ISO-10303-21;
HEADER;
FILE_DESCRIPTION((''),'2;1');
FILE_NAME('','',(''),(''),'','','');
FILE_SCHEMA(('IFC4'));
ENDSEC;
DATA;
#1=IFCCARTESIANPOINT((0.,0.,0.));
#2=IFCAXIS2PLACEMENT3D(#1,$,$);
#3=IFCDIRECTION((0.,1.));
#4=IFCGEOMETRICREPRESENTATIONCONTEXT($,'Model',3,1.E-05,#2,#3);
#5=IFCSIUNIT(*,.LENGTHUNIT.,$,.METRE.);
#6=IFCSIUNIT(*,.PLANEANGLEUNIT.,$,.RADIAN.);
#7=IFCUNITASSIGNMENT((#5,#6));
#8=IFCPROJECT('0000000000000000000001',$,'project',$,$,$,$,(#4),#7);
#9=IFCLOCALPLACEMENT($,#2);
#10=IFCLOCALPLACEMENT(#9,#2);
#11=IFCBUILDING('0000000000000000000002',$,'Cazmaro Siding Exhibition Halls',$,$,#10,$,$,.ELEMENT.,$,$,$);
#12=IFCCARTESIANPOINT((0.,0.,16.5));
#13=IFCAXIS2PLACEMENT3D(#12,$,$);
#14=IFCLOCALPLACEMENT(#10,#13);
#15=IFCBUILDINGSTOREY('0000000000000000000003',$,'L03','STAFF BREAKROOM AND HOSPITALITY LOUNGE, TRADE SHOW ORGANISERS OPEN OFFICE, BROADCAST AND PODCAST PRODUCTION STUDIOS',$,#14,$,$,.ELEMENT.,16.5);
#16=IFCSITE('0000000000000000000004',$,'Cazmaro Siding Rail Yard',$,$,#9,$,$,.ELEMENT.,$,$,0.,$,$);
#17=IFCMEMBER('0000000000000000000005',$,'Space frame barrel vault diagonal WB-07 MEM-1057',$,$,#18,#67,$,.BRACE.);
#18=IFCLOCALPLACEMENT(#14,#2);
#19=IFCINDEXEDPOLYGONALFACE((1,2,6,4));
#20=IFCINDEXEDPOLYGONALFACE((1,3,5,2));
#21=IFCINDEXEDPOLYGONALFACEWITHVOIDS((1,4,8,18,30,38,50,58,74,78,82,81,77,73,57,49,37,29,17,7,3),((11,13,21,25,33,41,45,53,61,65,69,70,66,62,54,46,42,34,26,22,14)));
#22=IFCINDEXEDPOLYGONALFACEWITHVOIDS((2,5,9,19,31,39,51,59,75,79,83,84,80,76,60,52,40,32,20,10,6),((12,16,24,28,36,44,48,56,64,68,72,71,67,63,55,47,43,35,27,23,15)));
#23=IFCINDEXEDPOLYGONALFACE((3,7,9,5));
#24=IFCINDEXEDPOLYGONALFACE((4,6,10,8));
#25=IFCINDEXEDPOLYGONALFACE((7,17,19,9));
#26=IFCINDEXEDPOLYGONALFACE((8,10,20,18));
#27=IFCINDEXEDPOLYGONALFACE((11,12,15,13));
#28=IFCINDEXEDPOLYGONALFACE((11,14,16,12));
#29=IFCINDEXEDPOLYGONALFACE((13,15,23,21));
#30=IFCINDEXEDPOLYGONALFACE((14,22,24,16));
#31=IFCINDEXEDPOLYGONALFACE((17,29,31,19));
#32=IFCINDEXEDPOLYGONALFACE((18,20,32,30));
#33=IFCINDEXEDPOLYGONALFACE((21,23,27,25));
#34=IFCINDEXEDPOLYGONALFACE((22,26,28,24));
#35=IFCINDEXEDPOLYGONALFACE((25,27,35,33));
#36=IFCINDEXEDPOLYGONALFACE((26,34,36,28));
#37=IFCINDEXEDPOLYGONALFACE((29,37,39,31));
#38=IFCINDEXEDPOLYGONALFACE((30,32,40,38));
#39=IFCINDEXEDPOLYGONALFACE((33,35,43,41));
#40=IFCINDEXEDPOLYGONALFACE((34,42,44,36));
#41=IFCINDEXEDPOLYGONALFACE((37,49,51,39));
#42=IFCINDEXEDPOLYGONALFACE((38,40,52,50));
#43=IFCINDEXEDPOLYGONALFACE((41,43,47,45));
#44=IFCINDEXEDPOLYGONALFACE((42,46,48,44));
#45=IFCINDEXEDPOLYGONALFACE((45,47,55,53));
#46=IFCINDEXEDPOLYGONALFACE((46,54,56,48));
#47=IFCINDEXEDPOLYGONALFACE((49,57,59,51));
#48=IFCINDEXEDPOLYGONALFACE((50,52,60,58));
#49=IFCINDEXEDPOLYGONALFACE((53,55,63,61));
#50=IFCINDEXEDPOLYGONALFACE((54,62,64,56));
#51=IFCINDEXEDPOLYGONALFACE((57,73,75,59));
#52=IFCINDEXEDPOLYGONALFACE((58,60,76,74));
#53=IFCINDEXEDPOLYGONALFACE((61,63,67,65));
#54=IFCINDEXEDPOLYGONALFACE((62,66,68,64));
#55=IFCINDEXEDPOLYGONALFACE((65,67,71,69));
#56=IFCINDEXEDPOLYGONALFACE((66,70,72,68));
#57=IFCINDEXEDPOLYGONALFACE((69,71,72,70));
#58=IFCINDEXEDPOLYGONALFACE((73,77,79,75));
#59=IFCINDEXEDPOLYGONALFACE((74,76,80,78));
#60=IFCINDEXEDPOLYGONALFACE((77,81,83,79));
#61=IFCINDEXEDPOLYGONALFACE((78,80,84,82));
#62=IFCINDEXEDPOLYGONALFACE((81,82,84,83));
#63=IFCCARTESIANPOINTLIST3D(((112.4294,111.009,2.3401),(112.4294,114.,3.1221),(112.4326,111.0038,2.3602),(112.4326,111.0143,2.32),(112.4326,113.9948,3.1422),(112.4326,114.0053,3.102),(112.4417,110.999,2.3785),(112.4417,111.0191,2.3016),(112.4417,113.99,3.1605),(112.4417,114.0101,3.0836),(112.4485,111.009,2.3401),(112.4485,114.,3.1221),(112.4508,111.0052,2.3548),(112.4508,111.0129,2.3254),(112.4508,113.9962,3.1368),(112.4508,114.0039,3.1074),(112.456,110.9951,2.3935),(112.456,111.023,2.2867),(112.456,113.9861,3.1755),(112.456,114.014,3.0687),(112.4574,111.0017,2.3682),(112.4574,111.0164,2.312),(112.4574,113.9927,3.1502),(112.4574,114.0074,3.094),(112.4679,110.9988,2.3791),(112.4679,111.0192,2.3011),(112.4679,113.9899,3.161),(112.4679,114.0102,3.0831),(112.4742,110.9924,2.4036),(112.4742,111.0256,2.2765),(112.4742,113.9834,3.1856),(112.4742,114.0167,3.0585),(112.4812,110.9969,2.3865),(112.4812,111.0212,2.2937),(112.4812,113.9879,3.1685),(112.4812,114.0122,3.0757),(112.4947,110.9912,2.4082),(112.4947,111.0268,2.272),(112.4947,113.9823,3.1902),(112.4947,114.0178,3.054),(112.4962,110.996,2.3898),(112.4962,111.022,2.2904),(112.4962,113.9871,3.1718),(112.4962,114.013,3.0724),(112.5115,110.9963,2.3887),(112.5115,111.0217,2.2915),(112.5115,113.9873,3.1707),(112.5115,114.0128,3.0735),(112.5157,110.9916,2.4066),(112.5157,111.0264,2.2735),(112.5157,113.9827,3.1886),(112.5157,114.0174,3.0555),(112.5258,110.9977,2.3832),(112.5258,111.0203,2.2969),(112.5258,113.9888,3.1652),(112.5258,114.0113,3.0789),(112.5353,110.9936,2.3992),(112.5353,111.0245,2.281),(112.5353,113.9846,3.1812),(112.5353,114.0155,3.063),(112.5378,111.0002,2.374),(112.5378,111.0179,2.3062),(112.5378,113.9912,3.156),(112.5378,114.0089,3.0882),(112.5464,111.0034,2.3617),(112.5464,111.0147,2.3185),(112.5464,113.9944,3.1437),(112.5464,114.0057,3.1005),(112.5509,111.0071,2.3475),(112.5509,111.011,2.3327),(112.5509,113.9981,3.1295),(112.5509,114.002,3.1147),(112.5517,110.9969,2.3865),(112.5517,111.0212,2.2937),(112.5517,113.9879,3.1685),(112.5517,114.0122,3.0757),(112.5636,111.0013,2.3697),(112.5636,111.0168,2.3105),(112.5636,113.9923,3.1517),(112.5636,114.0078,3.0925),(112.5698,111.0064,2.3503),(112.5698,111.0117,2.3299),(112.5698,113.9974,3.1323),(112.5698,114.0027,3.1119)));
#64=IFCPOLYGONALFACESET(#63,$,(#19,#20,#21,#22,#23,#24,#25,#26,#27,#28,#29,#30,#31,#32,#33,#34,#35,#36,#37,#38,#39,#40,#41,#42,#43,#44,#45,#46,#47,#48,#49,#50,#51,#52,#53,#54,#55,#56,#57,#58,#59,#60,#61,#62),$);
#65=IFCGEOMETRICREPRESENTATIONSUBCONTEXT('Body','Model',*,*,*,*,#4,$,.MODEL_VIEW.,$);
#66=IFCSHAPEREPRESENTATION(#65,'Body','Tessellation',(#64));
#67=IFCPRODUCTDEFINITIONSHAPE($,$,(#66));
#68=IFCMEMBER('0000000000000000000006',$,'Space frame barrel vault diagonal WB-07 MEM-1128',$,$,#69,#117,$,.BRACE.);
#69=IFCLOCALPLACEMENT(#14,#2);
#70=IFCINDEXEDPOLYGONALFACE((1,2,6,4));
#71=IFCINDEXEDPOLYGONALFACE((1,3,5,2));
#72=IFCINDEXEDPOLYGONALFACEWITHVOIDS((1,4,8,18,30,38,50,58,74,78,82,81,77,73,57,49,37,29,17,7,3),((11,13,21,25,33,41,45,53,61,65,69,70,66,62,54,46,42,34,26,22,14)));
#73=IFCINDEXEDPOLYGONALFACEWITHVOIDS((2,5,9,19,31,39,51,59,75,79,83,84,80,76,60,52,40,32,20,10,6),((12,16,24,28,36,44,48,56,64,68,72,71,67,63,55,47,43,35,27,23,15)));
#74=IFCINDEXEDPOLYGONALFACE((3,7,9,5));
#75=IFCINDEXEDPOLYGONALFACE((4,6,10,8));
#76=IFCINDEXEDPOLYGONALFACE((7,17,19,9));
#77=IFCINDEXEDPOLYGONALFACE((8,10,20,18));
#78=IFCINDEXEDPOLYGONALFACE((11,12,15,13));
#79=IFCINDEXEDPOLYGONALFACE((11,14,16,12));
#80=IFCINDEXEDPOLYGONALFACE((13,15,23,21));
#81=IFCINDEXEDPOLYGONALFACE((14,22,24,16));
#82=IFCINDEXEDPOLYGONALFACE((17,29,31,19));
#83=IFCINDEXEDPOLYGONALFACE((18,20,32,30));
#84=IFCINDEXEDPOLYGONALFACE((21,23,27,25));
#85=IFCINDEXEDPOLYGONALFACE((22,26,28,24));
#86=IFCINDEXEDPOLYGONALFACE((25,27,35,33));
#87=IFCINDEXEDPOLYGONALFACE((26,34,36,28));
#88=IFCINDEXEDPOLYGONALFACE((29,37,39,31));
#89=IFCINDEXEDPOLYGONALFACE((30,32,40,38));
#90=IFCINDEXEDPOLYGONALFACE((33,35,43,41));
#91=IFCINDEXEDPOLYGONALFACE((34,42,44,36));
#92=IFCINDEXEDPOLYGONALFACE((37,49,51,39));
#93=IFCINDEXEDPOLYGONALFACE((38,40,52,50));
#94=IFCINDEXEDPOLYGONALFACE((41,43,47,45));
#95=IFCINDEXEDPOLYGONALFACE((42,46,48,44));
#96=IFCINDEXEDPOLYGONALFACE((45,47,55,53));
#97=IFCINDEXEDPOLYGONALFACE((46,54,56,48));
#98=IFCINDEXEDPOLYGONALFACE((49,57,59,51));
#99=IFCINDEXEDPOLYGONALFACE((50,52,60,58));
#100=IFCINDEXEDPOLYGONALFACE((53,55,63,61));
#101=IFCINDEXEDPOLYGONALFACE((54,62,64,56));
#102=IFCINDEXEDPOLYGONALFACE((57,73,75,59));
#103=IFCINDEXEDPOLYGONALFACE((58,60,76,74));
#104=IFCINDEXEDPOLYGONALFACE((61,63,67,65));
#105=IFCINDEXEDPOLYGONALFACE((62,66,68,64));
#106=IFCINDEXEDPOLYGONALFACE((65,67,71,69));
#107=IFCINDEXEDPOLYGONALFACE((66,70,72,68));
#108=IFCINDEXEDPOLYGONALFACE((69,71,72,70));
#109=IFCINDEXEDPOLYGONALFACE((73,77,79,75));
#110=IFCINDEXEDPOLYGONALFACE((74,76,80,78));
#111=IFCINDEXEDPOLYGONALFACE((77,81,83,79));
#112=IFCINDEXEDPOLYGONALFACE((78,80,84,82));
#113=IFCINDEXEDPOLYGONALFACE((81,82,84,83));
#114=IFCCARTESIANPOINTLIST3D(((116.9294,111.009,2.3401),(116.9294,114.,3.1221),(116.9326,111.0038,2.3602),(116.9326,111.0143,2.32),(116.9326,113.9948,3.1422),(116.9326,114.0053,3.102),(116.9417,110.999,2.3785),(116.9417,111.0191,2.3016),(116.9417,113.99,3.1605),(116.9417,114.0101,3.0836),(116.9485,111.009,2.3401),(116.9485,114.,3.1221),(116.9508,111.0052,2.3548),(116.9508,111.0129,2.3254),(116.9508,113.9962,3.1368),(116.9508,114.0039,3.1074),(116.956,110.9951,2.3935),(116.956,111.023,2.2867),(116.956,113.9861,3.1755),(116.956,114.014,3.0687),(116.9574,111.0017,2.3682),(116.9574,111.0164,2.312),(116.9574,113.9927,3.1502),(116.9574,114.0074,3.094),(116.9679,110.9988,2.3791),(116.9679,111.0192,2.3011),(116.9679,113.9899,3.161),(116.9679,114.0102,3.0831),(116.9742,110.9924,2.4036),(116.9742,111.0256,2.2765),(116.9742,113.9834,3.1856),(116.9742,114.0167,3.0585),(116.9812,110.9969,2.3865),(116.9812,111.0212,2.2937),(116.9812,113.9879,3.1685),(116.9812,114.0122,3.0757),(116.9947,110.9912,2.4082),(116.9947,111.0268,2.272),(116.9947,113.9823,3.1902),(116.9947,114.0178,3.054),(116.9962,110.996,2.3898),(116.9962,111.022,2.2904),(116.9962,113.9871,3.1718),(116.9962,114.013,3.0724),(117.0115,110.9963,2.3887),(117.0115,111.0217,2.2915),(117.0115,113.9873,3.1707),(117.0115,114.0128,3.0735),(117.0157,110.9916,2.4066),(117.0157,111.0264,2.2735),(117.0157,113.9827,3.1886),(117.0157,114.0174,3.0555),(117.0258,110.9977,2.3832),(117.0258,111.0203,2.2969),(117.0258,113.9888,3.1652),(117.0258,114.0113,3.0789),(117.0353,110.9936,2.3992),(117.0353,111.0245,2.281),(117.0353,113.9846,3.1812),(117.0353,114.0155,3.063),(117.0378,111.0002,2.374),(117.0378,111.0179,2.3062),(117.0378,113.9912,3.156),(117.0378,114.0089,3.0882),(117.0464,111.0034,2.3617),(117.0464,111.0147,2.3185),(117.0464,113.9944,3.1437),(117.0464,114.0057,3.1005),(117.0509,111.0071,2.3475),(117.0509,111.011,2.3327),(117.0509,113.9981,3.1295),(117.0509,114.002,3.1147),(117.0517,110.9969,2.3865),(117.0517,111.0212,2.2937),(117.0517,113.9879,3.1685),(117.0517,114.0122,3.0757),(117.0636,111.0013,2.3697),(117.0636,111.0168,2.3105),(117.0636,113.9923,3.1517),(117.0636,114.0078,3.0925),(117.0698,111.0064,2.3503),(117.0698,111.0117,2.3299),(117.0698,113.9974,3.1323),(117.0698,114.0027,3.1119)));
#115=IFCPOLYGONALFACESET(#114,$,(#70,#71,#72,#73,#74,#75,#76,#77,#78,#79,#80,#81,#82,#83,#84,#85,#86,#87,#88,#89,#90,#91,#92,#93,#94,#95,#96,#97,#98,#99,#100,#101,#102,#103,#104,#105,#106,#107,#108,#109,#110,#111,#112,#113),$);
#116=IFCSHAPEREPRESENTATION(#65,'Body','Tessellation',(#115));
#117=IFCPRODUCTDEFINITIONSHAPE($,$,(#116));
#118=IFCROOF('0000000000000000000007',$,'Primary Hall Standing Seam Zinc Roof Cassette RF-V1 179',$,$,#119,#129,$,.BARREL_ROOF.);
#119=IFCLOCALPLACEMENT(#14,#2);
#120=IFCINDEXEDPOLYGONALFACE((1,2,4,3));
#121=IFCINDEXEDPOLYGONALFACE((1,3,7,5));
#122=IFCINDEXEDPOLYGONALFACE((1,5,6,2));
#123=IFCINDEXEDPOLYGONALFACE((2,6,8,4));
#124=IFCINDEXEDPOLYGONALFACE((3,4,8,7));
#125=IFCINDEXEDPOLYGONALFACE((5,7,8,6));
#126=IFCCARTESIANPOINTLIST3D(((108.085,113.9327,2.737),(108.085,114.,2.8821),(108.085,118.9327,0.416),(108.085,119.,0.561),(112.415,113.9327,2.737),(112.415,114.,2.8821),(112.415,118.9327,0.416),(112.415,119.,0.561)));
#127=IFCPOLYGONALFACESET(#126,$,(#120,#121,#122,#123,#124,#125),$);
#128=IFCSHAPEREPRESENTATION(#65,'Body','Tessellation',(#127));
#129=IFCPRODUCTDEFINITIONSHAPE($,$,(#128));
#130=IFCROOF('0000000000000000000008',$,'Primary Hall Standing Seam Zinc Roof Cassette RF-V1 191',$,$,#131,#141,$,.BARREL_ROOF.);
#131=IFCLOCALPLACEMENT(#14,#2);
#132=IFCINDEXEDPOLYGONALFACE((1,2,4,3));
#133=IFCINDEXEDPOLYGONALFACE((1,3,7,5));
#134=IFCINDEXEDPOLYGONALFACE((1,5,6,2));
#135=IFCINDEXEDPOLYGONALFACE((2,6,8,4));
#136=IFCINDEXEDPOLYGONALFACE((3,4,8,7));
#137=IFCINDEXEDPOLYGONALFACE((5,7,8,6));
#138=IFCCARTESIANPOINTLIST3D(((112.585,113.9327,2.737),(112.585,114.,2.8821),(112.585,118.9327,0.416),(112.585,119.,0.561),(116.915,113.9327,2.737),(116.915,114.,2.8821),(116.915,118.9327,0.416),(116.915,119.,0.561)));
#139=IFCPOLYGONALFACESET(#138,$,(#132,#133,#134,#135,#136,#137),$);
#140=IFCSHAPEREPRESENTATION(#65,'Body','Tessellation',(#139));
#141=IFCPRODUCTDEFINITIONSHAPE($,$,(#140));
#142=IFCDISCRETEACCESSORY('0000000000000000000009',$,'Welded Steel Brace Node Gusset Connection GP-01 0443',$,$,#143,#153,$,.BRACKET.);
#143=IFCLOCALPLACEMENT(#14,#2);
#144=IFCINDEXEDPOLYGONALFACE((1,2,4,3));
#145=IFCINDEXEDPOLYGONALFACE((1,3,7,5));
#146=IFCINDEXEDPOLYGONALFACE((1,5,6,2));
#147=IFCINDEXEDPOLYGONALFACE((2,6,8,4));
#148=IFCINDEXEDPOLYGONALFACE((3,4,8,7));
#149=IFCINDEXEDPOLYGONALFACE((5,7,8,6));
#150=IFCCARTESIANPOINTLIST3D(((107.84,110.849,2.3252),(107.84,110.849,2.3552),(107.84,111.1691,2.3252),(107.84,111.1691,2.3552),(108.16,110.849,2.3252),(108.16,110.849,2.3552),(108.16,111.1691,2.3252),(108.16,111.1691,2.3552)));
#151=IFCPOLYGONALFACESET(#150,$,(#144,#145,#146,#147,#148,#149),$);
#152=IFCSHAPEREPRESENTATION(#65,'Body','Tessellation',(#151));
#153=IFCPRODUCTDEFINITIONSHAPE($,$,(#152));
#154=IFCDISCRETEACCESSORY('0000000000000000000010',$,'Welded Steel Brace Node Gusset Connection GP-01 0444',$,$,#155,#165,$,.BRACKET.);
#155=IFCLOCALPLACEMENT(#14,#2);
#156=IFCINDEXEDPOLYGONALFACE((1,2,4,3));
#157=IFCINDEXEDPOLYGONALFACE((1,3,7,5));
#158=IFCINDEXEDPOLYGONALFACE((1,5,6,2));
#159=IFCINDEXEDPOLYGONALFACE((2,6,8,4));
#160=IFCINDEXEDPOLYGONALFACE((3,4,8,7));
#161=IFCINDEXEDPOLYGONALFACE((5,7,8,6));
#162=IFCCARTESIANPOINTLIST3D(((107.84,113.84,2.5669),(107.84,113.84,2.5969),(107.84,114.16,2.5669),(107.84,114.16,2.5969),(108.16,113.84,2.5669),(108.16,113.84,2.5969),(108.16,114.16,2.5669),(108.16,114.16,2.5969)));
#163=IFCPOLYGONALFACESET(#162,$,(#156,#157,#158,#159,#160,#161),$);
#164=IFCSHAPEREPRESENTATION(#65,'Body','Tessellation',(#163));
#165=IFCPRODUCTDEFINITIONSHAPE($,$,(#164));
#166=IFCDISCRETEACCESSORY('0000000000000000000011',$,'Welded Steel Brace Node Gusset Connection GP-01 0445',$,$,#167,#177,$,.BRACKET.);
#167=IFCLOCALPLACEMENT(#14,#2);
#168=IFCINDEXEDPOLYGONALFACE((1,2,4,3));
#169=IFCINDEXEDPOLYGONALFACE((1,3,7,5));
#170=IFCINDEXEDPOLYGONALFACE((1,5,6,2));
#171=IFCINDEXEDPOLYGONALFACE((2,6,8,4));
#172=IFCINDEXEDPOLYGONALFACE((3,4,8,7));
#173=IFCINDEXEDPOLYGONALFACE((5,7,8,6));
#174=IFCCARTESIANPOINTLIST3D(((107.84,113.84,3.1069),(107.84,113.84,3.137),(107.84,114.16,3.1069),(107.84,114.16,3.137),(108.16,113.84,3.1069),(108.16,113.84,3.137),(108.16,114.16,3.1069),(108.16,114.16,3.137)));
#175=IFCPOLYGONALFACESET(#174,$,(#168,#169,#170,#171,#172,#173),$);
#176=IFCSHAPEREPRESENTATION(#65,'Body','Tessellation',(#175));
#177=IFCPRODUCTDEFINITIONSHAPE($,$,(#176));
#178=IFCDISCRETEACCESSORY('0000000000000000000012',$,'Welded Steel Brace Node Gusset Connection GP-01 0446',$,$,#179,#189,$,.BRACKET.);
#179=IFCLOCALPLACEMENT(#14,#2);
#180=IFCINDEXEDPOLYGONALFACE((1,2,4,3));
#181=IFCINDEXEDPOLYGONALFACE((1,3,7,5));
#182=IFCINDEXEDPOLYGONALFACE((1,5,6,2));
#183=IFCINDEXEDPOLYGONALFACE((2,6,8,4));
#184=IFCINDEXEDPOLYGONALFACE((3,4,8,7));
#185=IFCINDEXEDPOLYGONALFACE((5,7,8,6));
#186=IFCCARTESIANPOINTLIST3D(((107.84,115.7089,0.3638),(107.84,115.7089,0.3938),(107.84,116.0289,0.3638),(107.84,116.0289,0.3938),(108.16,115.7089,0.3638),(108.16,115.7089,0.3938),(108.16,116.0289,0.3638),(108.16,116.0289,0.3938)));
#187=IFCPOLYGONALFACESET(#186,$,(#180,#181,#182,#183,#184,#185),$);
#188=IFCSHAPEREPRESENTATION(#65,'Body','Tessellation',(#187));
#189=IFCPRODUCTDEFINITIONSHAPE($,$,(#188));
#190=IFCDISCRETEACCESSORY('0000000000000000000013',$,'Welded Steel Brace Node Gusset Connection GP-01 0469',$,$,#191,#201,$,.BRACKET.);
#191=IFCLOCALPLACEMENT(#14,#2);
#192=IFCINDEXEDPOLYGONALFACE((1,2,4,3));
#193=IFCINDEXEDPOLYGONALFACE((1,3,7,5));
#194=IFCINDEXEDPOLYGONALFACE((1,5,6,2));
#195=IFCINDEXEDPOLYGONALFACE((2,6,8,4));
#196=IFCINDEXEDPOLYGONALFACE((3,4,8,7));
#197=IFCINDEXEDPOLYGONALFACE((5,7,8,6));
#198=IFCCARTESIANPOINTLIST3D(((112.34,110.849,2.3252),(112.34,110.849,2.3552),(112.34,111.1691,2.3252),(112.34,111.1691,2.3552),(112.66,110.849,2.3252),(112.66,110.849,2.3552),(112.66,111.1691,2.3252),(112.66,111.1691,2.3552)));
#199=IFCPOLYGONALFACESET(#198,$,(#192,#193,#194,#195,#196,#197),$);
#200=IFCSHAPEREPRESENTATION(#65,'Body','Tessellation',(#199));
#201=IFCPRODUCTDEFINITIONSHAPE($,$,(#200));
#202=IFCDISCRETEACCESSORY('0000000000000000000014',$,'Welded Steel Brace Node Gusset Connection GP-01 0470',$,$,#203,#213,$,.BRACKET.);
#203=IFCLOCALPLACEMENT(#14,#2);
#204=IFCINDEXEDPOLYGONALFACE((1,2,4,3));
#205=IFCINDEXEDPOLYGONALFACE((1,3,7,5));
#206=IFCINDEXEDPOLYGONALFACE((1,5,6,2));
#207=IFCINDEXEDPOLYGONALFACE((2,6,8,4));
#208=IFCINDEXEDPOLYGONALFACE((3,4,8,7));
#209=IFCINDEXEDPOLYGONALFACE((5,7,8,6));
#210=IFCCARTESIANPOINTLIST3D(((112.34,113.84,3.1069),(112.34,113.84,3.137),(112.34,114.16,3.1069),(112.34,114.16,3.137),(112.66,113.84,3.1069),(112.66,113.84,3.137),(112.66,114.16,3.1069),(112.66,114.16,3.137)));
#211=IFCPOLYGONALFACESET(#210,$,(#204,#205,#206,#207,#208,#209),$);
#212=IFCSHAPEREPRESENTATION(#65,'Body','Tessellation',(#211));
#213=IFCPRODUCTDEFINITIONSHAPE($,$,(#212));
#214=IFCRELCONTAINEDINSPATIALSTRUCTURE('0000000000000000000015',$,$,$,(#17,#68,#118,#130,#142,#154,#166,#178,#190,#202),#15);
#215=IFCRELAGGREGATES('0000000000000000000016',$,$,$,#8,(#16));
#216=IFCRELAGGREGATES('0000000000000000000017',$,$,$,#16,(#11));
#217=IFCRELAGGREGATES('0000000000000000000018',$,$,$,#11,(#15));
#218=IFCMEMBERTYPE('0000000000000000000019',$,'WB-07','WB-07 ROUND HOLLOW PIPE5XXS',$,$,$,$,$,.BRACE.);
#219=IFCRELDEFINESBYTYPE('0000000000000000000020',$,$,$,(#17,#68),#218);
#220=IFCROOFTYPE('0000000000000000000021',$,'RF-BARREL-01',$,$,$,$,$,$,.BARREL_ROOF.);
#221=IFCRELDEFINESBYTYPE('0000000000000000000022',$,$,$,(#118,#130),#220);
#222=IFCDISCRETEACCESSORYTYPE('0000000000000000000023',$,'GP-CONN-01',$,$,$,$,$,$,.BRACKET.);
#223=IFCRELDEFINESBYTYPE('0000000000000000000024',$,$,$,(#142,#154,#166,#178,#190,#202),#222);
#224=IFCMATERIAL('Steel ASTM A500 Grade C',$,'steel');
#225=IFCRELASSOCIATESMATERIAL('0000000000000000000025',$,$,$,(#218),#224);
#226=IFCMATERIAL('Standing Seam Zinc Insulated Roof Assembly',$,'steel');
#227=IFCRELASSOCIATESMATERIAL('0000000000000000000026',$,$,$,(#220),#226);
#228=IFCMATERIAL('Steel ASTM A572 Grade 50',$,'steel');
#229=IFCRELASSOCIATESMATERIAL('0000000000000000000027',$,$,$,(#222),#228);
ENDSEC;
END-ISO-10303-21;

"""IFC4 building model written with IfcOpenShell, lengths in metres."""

from ifc_helpers import new_model, si_unit, direction, frame, origin, origin_2d, place, context, subcontext, project, spatial, polyline, rectangle, hollow_circle, outline, extrude, material, material_profile, profile_set, type_object, element, save


model = new_model("IFC4")

# Units and contexts
model_context = context("Model", 3, precision=1e-05, world=origin(), true_north=direction((0.0, 1.0)))
body_context = subcontext(model_context, "Body", "Model", "MODEL_VIEW")
ifc_project = project(units=[si_unit("LENGTHUNIT", "METRE"), si_unit("PLANEANGLEUNIT", "RADIAN")], contexts=[model_context])

# Site, building, storey
site_placement = place(None, origin())
site = spatial("IfcSite", under=ifc_project, at=site_placement, Name="Cazmaro Siding Rail Yard", CompositionType="ELEMENT", RefElevation=0.0)
building_placement = place(site_placement, origin())
building = spatial("IfcBuilding", under=site, at=building_placement, Name="Cazmaro Siding Exhibition Halls", CompositionType="ELEMENT")
storey_placement = place(building_placement, frame((0.0, 0.0, 16.5)))
storey = spatial("IfcBuildingStorey", under=building, at=storey_placement, Name="L03", Description="STAFF BREAKROOM AND HOSPITALITY LOUNGE, TRADE SHOW ORGANISERS OPEN OFFICE, BROADCAST AND PODCAST PRODUCTION STUDIOS", CompositionType="ELEMENT", Elevation=16.5)

# Members
ifc_material_1 = material(Name="Steel ASTM A500 Grade C", Category="steel")
ifc_material_profile_1 = material_profile(ifc_material_1, hollow_circle(Radius=0.0706, WallThickness=0.019, at=origin_2d()), Name="PIPE5XXS")
ifc_profile_set_1 = profile_set([ifc_material_profile_1], Name="Steel ASTM A500 Grade C")
member_type_1 = type_object("IfcMemberType", Name="WB-07", Description="WB-07 ROUND HOLLOW PIPE5XXS", PredefinedType="BRACE", material=ifc_profile_set_1)
for number, where, z_axis, x_axis, name in (
    (1, (112.5, 111.009, 2.3401), (0.0, 0.96748, 0.252946), (-1.0, 0.0, 0.0), "Space frame barrel vault diagonal WB-07 MEM-1057"),
    (2, (117.0, 111.009, 2.3401), (0.0, 0.96748, 0.252946), (-1.0, 0.0, 0.0), "Space frame barrel vault diagonal WB-07 MEM-1128"),
):
    element("IfcMember", number, at=place(storey_placement, frame(where, z_axis=z_axis, x_axis=x_axis)), inside=storey, type_object=member_type_1, Name=name, PredefinedType="BRACE", context=body_context, shape_type="SweptSolid", body=[
        extrude(hollow_circle(Radius=0.0706, WallThickness=0.019, at=origin_2d()), origin(), (0.0, 0.0, 1.0), 3.0916),
    ])

# Roofs
ifc_material_2 = material(Name="Standing Seam Zinc Insulated Roof Assembly", Category="steel")
roof_type = type_object("IfcRoofType", Name="RF-BARREL-01", PredefinedType="BARREL_ROOF", material=ifc_material_2)
for number, where, z_axis, x_axis, name in (
    (3, (108.085, 114.0, 2.8821), (0.0, 0.421054, 0.907036), (1.0, 0.0, 0.0), "Primary Hall Standing Seam Zinc Roof Cassette RF-V1 179"),
    (4, (112.585, 114.0, 2.8821), (0.0, 0.421054, 0.907036), (1.0, 0.0, 0.0), "Primary Hall Standing Seam Zinc Roof Cassette RF-V1 191"),
):
    element("IfcRoof", number, at=place(storey_placement, frame(where, z_axis=z_axis, x_axis=x_axis)), inside=storey, type_object=roof_type, Name=name, PredefinedType="BARREL_ROOF", context=body_context, shape_type="SweptSolid", body=[
        extrude(outline(polyline([(0.0, 0.0), (4.3301, 0.0), (4.3301, 5.5125), (0.0, 5.5125), (0.0, 0.0)])), origin(), (0.0, 0.0, -1.0), 0.1599),
    ])

# Discrete accessories
ifc_material_3 = material(Name="Steel ASTM A572 Grade 50", Category="steel")
discrete_accessory_type = type_object("IfcDiscreteAccessoryType", Name="GP-CONN-01", PredefinedType="BRACKET", material=ifc_material_3)
for number, where, z_axis, x_axis, name in (
    (5, (108.0, 111.009, 2.3252), (0.0, 0.0, 1.0), (1.0, 0.0, 0.0), "Welded Steel Brace Node Gusset Connection GP-01 0443"),
    (6, (108.0, 114.0, 2.5669), (0.0, 0.0, 1.0), (1.0, 0.0, 0.0), "Welded Steel Brace Node Gusset Connection GP-01 0444"),
    (7, (108.0, 114.0, 3.1069), (0.0, 0.0, 1.0), (1.0, 0.0, 0.0), "Welded Steel Brace Node Gusset Connection GP-01 0445"),
    (8, (108.0, 115.8689, 0.3638), (0.0, 0.0, 1.0), (1.0, 0.0, 0.0), "Welded Steel Brace Node Gusset Connection GP-01 0446"),
    (9, (112.5, 111.009, 2.3252), (0.0, 0.0, 1.0), (1.0, 0.0, 0.0), "Welded Steel Brace Node Gusset Connection GP-01 0469"),
    (10, (112.5, 114.0, 3.1069), (0.0, 0.0, 1.0), (1.0, 0.0, 0.0), "Welded Steel Brace Node Gusset Connection GP-01 0470"),
):
    element("IfcDiscreteAccessory", number, at=place(storey_placement, frame(where, z_axis=z_axis, x_axis=x_axis)), inside=storey, type_object=discrete_accessory_type, Name=name, PredefinedType="BRACKET", context=body_context, shape_type="SweptSolid", body=[
        extrude(rectangle(XDim=0.3201, YDim=0.3201, at=origin_2d()), origin(), (0.0, 0.0, 1.0), 0.03),
    ])

save(model, "model.ifc")
